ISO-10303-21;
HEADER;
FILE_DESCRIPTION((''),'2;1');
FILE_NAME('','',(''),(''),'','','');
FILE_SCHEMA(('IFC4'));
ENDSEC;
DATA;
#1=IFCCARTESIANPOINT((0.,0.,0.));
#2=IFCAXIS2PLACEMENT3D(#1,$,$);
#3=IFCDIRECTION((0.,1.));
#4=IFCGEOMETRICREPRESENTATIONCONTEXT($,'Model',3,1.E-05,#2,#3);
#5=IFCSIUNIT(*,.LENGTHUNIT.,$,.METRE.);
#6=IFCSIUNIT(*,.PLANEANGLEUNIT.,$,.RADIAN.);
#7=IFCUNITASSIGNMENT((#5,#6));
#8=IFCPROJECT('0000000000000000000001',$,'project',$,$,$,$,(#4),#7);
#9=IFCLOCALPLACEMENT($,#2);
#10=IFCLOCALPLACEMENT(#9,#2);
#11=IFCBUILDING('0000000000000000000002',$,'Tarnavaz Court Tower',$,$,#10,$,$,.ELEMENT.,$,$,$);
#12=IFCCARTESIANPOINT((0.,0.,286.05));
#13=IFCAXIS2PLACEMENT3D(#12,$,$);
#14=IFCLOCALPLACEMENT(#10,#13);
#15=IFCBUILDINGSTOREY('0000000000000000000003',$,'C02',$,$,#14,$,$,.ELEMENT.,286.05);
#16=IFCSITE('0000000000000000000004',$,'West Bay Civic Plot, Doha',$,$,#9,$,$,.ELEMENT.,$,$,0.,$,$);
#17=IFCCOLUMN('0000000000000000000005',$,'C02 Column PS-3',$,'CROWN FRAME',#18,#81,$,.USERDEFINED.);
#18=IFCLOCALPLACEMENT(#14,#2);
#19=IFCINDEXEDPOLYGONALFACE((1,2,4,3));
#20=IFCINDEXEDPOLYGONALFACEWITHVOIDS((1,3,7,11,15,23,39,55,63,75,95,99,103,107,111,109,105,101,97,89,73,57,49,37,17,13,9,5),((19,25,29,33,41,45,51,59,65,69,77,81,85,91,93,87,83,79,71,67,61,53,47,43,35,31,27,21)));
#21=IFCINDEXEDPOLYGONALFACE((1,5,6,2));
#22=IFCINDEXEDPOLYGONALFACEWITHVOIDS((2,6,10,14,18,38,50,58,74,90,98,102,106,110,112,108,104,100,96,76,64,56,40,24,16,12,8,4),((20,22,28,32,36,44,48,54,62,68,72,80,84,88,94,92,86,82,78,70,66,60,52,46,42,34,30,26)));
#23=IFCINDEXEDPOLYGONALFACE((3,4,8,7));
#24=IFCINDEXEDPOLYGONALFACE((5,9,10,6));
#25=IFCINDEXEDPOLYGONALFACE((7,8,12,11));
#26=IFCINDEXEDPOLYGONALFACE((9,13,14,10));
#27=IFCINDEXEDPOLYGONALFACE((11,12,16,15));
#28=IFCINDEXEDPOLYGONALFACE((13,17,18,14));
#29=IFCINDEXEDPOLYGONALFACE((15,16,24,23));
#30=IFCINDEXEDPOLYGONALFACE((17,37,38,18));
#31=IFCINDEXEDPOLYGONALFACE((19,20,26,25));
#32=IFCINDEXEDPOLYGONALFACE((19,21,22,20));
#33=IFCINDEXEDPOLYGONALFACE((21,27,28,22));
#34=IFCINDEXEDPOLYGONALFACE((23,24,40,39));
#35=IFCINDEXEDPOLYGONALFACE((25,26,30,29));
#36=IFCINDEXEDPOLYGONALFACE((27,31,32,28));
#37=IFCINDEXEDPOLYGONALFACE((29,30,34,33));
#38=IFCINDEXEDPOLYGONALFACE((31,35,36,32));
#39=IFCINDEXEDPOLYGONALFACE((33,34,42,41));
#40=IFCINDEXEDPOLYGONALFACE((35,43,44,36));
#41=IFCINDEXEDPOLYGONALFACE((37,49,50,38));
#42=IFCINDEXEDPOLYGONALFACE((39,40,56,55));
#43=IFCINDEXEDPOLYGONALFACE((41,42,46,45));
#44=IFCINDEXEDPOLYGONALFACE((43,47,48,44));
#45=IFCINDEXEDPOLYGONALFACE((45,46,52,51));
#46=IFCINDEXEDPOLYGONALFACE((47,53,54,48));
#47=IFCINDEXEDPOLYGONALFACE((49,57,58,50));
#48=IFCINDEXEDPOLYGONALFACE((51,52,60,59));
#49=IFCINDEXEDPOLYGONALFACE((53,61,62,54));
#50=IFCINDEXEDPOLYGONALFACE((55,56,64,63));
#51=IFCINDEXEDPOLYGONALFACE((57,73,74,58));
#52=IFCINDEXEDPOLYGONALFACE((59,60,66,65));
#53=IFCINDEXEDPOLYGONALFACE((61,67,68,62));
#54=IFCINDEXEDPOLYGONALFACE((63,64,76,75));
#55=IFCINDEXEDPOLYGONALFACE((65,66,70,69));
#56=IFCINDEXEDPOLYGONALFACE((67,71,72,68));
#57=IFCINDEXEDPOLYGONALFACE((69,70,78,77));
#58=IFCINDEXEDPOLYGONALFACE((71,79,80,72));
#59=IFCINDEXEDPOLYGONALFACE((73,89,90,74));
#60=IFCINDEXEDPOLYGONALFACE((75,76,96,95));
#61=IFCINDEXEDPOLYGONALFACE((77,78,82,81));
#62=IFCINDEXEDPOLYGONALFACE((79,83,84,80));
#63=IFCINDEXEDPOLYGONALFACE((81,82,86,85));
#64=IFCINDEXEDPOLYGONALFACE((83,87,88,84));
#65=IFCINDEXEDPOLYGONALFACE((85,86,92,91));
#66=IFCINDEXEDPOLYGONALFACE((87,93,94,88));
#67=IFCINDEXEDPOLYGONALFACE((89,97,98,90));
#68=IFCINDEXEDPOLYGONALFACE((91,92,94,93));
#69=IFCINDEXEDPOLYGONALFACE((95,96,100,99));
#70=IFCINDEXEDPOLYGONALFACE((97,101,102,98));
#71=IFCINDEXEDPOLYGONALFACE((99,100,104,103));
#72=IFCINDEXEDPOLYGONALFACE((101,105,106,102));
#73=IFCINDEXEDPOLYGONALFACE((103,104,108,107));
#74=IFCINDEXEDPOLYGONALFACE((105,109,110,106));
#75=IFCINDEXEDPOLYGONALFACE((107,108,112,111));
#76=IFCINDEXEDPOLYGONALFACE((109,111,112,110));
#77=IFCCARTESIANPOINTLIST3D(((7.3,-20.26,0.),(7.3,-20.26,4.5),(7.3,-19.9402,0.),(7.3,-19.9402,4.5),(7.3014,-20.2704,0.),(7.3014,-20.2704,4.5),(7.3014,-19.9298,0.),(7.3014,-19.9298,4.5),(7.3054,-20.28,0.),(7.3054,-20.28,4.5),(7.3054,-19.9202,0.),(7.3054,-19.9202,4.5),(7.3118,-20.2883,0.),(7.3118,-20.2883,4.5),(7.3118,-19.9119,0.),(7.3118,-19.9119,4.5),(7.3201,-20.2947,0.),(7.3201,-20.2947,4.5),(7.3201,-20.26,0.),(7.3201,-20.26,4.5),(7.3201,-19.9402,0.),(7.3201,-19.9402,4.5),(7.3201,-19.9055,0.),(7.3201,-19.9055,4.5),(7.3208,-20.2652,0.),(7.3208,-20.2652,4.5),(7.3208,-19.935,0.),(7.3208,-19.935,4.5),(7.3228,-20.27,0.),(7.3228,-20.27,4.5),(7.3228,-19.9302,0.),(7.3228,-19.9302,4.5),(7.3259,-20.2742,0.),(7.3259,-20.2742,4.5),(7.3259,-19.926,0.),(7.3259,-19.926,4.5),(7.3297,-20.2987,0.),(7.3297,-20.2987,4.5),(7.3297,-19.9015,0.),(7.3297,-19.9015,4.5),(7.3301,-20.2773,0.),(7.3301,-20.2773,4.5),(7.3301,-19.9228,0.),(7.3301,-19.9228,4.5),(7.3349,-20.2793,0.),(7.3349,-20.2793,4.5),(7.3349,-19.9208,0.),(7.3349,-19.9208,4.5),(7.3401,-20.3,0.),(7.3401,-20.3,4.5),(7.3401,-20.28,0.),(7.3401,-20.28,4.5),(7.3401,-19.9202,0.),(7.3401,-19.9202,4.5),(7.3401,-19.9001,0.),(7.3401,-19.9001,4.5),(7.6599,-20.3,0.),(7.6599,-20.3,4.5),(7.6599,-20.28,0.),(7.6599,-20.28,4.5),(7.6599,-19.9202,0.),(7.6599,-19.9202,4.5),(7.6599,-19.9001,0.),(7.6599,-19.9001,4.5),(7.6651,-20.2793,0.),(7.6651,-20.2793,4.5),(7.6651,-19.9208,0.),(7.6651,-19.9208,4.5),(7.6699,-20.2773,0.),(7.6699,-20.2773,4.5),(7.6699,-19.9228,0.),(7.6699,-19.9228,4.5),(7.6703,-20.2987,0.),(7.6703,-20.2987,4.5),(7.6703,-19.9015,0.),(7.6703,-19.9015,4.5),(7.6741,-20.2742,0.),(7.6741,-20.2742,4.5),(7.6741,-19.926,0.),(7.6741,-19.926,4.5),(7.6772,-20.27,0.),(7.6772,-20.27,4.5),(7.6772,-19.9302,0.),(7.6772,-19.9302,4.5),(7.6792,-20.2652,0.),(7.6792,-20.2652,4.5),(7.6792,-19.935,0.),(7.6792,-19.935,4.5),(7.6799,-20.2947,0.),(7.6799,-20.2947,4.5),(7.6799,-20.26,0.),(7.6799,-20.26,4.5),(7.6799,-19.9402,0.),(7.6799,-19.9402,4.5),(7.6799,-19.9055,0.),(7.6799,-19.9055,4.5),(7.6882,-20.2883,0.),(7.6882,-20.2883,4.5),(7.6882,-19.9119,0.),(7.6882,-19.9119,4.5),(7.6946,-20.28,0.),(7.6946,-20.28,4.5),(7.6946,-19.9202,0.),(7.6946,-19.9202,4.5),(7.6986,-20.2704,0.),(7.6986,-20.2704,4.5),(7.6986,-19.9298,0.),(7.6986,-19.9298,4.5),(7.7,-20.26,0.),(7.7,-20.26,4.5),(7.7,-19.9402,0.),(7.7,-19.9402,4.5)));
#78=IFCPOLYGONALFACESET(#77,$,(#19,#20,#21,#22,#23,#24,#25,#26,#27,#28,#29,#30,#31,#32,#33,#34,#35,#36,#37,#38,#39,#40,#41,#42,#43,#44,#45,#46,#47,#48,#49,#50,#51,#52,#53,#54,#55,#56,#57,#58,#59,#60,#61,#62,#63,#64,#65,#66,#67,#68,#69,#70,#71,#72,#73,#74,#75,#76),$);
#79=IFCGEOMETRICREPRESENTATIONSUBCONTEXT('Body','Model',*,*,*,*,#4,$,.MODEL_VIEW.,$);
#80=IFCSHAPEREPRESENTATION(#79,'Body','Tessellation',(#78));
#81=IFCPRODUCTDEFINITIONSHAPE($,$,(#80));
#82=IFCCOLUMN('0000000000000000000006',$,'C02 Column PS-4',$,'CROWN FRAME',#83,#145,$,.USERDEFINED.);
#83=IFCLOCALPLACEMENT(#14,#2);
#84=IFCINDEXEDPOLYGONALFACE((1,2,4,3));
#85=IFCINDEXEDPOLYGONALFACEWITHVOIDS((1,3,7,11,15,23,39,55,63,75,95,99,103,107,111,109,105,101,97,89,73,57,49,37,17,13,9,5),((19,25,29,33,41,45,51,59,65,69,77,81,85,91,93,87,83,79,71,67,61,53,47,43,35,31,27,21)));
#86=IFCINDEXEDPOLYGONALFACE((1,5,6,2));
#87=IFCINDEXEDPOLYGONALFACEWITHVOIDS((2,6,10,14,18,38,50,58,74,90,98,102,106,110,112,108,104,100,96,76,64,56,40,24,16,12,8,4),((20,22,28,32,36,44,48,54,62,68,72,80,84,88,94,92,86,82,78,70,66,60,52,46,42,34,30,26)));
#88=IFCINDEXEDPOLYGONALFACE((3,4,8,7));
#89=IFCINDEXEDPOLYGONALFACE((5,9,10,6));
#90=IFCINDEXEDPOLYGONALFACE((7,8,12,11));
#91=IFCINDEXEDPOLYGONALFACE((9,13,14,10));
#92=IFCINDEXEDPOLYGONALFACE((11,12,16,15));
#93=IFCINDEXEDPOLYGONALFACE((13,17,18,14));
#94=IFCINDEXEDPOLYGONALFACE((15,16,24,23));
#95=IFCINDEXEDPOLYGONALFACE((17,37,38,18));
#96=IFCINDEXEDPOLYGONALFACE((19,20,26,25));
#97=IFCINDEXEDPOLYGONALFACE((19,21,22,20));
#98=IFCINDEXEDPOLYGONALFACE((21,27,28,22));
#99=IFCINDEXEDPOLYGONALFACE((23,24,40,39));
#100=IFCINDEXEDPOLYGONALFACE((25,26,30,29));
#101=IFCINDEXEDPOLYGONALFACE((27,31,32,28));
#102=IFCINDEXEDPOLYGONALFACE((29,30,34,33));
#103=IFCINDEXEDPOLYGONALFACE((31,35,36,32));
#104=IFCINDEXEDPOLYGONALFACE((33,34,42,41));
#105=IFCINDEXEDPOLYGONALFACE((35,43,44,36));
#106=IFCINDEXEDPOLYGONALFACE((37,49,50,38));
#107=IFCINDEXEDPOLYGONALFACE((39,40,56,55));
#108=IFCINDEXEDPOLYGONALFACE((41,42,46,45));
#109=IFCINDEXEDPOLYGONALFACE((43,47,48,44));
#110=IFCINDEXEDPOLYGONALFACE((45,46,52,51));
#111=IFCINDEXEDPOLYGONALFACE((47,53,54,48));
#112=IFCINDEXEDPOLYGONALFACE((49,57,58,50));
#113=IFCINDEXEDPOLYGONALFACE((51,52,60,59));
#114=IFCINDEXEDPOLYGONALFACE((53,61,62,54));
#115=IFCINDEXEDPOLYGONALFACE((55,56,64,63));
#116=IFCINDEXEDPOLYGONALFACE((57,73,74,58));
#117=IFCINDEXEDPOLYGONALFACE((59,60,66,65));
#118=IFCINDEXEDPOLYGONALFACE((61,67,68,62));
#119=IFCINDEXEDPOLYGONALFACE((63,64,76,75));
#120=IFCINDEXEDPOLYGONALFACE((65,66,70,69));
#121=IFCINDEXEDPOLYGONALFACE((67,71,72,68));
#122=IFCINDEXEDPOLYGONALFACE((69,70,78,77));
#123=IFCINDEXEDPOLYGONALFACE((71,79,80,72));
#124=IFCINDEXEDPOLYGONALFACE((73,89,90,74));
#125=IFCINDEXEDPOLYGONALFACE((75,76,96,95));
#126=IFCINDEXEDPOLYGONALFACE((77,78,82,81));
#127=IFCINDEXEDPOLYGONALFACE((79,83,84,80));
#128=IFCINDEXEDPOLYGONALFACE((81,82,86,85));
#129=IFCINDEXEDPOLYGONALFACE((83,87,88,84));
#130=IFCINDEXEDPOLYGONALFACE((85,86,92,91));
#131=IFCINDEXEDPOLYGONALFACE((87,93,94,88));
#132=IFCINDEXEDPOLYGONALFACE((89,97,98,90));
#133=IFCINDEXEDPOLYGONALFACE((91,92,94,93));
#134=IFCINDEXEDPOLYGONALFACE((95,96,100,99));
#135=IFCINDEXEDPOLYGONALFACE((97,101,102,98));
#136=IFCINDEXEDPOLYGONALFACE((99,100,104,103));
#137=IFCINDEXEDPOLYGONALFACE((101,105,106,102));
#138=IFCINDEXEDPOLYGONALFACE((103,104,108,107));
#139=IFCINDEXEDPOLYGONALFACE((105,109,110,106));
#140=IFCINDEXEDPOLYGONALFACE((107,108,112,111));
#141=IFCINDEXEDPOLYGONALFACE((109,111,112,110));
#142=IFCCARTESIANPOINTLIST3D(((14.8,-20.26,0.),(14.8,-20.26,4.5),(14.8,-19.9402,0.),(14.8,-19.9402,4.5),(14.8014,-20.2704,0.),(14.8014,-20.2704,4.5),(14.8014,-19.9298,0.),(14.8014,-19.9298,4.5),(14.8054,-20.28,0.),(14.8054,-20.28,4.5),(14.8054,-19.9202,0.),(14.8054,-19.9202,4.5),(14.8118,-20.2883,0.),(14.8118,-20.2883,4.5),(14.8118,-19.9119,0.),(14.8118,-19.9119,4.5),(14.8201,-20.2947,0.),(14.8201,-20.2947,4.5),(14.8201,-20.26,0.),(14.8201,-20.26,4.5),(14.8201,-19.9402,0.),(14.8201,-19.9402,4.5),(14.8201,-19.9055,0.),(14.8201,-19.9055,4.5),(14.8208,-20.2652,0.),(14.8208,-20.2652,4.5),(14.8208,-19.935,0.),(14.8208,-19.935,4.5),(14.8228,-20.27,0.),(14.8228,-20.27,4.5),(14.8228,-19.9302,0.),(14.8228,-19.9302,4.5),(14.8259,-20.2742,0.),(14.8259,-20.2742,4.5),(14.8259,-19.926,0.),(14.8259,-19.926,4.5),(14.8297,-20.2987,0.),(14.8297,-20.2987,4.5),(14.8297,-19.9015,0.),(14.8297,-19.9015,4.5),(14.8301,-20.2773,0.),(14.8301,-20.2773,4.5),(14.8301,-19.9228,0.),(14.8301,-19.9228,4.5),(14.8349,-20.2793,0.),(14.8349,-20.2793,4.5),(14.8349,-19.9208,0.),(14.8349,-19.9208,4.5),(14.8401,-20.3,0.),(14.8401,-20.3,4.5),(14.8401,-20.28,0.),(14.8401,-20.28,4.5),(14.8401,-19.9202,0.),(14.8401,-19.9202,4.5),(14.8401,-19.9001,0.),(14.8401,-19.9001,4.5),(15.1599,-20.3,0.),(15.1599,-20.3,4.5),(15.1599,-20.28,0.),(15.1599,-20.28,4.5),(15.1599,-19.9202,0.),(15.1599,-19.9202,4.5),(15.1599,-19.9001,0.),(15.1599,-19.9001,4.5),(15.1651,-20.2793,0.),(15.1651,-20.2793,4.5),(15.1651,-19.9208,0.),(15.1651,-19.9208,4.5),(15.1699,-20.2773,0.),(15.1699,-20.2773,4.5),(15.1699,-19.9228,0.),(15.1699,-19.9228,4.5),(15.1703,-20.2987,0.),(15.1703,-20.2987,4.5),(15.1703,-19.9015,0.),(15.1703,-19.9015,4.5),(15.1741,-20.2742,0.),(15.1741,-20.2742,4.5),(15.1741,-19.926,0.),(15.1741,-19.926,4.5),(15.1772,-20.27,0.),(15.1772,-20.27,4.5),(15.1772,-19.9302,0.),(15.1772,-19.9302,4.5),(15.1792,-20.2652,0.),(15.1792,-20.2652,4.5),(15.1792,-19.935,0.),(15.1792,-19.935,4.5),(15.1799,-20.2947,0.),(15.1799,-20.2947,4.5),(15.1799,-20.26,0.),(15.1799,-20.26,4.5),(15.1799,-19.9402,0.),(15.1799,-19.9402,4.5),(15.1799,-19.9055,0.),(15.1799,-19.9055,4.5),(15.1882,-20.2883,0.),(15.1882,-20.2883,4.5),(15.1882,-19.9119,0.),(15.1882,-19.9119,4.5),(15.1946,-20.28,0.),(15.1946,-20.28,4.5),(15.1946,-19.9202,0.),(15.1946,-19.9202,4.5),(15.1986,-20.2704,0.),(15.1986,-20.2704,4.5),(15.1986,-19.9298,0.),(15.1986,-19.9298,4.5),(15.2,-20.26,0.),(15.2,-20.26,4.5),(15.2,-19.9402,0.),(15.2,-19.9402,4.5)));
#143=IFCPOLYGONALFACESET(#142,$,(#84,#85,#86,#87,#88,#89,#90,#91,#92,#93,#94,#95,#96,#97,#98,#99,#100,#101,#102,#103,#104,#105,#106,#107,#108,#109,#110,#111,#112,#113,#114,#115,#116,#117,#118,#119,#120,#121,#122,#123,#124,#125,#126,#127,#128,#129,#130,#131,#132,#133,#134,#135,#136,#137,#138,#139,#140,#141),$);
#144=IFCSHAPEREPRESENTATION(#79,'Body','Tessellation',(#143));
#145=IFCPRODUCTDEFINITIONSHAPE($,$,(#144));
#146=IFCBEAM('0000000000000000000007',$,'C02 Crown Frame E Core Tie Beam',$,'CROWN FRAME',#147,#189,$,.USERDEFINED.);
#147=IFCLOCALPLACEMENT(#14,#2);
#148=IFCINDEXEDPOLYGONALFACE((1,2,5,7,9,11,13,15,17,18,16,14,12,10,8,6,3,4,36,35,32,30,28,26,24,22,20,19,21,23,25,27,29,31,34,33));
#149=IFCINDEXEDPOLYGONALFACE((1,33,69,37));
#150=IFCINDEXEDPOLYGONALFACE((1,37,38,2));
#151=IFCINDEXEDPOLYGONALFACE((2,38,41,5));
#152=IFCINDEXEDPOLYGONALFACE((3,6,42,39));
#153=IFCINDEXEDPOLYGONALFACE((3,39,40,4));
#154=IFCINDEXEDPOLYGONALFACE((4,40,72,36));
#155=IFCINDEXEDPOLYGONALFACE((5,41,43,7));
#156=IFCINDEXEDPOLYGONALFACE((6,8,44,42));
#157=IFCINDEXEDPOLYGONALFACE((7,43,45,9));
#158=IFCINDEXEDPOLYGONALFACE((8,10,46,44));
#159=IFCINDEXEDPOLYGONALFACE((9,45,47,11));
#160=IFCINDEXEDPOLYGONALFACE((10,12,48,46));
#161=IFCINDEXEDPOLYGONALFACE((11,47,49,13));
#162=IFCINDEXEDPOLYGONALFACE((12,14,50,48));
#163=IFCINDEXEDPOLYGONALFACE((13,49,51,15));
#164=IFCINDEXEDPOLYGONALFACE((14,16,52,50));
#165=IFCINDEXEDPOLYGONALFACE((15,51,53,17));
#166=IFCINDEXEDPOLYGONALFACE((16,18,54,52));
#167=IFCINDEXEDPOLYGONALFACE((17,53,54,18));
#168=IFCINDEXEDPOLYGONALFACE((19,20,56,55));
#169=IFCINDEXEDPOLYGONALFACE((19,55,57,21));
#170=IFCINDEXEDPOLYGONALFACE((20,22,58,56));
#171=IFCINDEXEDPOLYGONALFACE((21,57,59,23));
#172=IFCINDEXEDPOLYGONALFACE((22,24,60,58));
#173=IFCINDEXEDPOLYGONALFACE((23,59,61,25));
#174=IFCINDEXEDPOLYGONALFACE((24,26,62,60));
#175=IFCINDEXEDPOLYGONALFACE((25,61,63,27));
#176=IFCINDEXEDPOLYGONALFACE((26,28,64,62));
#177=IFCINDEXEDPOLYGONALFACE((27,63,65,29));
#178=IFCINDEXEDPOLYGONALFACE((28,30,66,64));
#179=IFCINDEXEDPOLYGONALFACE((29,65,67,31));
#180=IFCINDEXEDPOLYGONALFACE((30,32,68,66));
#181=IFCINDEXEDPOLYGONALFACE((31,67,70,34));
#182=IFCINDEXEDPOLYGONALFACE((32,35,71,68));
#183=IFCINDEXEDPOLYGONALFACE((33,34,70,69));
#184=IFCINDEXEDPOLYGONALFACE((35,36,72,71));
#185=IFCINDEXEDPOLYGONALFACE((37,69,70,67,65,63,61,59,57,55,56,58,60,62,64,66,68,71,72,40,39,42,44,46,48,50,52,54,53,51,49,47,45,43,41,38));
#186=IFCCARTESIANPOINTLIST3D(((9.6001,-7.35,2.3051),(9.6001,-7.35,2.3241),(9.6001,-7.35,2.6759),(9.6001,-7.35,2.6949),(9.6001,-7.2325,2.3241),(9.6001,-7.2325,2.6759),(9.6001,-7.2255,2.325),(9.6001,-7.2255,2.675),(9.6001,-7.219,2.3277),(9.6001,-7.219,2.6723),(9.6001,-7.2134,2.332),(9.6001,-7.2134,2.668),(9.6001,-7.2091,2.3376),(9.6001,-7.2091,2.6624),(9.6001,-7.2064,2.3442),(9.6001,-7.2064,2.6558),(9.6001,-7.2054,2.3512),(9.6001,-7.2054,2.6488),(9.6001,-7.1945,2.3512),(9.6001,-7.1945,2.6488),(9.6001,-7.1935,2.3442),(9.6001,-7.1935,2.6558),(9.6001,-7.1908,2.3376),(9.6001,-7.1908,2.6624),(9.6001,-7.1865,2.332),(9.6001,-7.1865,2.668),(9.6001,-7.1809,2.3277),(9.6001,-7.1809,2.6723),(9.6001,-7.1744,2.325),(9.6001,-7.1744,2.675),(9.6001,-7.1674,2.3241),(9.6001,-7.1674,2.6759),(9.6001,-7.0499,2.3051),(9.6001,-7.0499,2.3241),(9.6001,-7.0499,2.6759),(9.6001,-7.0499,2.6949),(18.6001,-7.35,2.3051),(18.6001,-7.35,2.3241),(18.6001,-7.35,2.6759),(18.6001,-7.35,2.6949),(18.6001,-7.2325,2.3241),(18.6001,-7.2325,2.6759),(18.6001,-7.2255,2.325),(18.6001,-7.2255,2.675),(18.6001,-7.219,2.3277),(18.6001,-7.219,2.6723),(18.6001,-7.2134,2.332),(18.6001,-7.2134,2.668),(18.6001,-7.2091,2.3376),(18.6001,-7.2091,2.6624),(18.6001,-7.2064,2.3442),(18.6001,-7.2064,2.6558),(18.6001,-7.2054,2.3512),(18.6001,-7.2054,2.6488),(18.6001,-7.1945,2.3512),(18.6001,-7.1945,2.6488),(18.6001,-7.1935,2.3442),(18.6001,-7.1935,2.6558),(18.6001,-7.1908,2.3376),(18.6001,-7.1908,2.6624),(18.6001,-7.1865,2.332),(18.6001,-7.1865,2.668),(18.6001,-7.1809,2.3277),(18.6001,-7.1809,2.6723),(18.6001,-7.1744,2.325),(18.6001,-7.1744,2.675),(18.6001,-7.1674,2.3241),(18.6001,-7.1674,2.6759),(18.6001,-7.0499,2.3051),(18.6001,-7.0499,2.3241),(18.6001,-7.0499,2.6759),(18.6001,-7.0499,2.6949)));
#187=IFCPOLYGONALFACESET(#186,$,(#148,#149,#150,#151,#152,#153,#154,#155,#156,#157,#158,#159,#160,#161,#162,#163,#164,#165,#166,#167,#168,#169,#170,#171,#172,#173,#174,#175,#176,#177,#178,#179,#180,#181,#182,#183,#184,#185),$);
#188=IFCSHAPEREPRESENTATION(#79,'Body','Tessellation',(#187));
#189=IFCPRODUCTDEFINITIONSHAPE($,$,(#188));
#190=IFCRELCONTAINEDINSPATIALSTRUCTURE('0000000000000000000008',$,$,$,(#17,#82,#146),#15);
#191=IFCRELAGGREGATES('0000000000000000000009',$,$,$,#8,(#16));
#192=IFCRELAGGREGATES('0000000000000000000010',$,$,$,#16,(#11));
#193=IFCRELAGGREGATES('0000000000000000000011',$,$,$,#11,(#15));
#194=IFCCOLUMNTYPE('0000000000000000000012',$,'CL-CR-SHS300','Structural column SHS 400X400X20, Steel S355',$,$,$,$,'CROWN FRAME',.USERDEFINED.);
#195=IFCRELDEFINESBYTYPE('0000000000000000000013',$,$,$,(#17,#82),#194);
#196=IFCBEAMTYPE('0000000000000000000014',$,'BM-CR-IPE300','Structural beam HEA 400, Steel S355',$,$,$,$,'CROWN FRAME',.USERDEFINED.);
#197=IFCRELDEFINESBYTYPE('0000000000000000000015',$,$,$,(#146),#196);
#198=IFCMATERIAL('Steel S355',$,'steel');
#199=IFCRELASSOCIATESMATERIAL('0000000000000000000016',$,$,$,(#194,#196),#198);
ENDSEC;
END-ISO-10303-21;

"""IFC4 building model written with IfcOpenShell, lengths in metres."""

from ifc_helpers import new_model, si_unit, direction, frame, origin, origin_2d, place, context, subcontext, project, spatial, hollow_rectangle, i_section, extrude, material, material_profile, profile_set, type_object, element, save


model = new_model("IFC4")

# Units and contexts
model_context = context("Model", 3, precision=1e-05, world=origin(), true_north=direction((0.0, 1.0)))
body_context = subcontext(model_context, "Body", "Model", "MODEL_VIEW")
ifc_project = project(units=[si_unit("LENGTHUNIT", "METRE"), si_unit("PLANEANGLEUNIT", "RADIAN")], contexts=[model_context])

# Site, building, storey
site_placement = place(None, origin())
site = spatial("IfcSite", under=ifc_project, at=site_placement, Name="West Bay Civic Plot, Doha", CompositionType="ELEMENT", RefElevation=0.0)
building_placement = place(site_placement, origin())
building = spatial("IfcBuilding", under=site, at=building_placement, Name="Tarnavaz Court Tower", CompositionType="ELEMENT")
storey_placement = place(building_placement, frame((0.0, 0.0, 286.05)))
storey = spatial("IfcBuildingStorey", under=building, at=storey_placement, Name="C02", CompositionType="ELEMENT", Elevation=286.05)

# Columns
ifc_material_1 = material(Name="Steel S355", Category="steel")
ifc_material_profile_1 = material_profile(ifc_material_1, hollow_rectangle(XDim=0.3999, YDim=0.3999, WallThickness=0.02, InnerFilletRadius=0.02, OuterFilletRadius=0.04, at=origin_2d()), Name="SHS 400X400X20")
ifc_profile_set_1 = profile_set([ifc_material_profile_1], Name="Steel S355")
column_type = type_object("IfcColumnType", Name="CL-CR-SHS300", Description="Structural column SHS 400X400X20, Steel S355", ElementType="CROWN FRAME", PredefinedType="USERDEFINED", material=ifc_profile_set_1)
for number, where, z_axis, x_axis, name in (
    (1, (7.5, -20.1001, 0.0), (0.0, 0.0, 1.0), (1.0, 0.0, 0.0), "C02 Column PS-3"),
    (2, (15.0, -20.1001, 0.0), (0.0, 0.0, 1.0), (1.0, 0.0, 0.0), "C02 Column PS-4"),
):
    element("IfcColumn", number, at=place(storey_placement, frame(where, z_axis=z_axis, x_axis=x_axis)), inside=storey, type_object=column_type, Name=name, ObjectType="CROWN FRAME", PredefinedType="USERDEFINED", context=body_context, shape_type="SweptSolid", body=[
        extrude(hollow_rectangle(XDim=0.3999, YDim=0.3999, WallThickness=0.02, InnerFilletRadius=0.02, OuterFilletRadius=0.04, at=origin_2d()), origin(), (0.0, 0.0, 1.0), 4.5),
    ])

# Beam
ifc_material_profile_2 = material_profile(ifc_material_1, i_section(OverallWidth=0.3, OverallDepth=0.3899, WebThickness=0.011, FlangeThickness=0.019, FilletRadius=0.0271, at=origin_2d()), Name="HEA 400")
ifc_profile_set_2 = profile_set([ifc_material_profile_2], Name="Steel S355")
beam_type_1 = type_object("IfcBeamType", Name="BM-CR-IPE300", Description="Structural beam HEA 400, Steel S355", ElementType="CROWN FRAME", PredefinedType="USERDEFINED", material=ifc_profile_set_2)
beam_1_placement = place(storey_placement, frame((18.6001, -7.2, 2.5), z_axis=(-1.0, 0.0, 0.0), x_axis=(0.0, -1.0, 0.0)))
element("IfcBeam", 3, at=beam_1_placement, inside=storey, type_object=beam_type_1, Name="C02 Crown Frame E Core Tie Beam", ObjectType="CROWN FRAME", PredefinedType="USERDEFINED", context=body_context, shape_type="SweptSolid", body=[
    extrude(i_section(OverallWidth=0.3, OverallDepth=0.3899, WebThickness=0.011, FlangeThickness=0.019, FilletRadius=0.0271, at=origin_2d()), origin(), (0.0, 0.0, 1.0), 9.0),
])

save(model, "model.ifc")
